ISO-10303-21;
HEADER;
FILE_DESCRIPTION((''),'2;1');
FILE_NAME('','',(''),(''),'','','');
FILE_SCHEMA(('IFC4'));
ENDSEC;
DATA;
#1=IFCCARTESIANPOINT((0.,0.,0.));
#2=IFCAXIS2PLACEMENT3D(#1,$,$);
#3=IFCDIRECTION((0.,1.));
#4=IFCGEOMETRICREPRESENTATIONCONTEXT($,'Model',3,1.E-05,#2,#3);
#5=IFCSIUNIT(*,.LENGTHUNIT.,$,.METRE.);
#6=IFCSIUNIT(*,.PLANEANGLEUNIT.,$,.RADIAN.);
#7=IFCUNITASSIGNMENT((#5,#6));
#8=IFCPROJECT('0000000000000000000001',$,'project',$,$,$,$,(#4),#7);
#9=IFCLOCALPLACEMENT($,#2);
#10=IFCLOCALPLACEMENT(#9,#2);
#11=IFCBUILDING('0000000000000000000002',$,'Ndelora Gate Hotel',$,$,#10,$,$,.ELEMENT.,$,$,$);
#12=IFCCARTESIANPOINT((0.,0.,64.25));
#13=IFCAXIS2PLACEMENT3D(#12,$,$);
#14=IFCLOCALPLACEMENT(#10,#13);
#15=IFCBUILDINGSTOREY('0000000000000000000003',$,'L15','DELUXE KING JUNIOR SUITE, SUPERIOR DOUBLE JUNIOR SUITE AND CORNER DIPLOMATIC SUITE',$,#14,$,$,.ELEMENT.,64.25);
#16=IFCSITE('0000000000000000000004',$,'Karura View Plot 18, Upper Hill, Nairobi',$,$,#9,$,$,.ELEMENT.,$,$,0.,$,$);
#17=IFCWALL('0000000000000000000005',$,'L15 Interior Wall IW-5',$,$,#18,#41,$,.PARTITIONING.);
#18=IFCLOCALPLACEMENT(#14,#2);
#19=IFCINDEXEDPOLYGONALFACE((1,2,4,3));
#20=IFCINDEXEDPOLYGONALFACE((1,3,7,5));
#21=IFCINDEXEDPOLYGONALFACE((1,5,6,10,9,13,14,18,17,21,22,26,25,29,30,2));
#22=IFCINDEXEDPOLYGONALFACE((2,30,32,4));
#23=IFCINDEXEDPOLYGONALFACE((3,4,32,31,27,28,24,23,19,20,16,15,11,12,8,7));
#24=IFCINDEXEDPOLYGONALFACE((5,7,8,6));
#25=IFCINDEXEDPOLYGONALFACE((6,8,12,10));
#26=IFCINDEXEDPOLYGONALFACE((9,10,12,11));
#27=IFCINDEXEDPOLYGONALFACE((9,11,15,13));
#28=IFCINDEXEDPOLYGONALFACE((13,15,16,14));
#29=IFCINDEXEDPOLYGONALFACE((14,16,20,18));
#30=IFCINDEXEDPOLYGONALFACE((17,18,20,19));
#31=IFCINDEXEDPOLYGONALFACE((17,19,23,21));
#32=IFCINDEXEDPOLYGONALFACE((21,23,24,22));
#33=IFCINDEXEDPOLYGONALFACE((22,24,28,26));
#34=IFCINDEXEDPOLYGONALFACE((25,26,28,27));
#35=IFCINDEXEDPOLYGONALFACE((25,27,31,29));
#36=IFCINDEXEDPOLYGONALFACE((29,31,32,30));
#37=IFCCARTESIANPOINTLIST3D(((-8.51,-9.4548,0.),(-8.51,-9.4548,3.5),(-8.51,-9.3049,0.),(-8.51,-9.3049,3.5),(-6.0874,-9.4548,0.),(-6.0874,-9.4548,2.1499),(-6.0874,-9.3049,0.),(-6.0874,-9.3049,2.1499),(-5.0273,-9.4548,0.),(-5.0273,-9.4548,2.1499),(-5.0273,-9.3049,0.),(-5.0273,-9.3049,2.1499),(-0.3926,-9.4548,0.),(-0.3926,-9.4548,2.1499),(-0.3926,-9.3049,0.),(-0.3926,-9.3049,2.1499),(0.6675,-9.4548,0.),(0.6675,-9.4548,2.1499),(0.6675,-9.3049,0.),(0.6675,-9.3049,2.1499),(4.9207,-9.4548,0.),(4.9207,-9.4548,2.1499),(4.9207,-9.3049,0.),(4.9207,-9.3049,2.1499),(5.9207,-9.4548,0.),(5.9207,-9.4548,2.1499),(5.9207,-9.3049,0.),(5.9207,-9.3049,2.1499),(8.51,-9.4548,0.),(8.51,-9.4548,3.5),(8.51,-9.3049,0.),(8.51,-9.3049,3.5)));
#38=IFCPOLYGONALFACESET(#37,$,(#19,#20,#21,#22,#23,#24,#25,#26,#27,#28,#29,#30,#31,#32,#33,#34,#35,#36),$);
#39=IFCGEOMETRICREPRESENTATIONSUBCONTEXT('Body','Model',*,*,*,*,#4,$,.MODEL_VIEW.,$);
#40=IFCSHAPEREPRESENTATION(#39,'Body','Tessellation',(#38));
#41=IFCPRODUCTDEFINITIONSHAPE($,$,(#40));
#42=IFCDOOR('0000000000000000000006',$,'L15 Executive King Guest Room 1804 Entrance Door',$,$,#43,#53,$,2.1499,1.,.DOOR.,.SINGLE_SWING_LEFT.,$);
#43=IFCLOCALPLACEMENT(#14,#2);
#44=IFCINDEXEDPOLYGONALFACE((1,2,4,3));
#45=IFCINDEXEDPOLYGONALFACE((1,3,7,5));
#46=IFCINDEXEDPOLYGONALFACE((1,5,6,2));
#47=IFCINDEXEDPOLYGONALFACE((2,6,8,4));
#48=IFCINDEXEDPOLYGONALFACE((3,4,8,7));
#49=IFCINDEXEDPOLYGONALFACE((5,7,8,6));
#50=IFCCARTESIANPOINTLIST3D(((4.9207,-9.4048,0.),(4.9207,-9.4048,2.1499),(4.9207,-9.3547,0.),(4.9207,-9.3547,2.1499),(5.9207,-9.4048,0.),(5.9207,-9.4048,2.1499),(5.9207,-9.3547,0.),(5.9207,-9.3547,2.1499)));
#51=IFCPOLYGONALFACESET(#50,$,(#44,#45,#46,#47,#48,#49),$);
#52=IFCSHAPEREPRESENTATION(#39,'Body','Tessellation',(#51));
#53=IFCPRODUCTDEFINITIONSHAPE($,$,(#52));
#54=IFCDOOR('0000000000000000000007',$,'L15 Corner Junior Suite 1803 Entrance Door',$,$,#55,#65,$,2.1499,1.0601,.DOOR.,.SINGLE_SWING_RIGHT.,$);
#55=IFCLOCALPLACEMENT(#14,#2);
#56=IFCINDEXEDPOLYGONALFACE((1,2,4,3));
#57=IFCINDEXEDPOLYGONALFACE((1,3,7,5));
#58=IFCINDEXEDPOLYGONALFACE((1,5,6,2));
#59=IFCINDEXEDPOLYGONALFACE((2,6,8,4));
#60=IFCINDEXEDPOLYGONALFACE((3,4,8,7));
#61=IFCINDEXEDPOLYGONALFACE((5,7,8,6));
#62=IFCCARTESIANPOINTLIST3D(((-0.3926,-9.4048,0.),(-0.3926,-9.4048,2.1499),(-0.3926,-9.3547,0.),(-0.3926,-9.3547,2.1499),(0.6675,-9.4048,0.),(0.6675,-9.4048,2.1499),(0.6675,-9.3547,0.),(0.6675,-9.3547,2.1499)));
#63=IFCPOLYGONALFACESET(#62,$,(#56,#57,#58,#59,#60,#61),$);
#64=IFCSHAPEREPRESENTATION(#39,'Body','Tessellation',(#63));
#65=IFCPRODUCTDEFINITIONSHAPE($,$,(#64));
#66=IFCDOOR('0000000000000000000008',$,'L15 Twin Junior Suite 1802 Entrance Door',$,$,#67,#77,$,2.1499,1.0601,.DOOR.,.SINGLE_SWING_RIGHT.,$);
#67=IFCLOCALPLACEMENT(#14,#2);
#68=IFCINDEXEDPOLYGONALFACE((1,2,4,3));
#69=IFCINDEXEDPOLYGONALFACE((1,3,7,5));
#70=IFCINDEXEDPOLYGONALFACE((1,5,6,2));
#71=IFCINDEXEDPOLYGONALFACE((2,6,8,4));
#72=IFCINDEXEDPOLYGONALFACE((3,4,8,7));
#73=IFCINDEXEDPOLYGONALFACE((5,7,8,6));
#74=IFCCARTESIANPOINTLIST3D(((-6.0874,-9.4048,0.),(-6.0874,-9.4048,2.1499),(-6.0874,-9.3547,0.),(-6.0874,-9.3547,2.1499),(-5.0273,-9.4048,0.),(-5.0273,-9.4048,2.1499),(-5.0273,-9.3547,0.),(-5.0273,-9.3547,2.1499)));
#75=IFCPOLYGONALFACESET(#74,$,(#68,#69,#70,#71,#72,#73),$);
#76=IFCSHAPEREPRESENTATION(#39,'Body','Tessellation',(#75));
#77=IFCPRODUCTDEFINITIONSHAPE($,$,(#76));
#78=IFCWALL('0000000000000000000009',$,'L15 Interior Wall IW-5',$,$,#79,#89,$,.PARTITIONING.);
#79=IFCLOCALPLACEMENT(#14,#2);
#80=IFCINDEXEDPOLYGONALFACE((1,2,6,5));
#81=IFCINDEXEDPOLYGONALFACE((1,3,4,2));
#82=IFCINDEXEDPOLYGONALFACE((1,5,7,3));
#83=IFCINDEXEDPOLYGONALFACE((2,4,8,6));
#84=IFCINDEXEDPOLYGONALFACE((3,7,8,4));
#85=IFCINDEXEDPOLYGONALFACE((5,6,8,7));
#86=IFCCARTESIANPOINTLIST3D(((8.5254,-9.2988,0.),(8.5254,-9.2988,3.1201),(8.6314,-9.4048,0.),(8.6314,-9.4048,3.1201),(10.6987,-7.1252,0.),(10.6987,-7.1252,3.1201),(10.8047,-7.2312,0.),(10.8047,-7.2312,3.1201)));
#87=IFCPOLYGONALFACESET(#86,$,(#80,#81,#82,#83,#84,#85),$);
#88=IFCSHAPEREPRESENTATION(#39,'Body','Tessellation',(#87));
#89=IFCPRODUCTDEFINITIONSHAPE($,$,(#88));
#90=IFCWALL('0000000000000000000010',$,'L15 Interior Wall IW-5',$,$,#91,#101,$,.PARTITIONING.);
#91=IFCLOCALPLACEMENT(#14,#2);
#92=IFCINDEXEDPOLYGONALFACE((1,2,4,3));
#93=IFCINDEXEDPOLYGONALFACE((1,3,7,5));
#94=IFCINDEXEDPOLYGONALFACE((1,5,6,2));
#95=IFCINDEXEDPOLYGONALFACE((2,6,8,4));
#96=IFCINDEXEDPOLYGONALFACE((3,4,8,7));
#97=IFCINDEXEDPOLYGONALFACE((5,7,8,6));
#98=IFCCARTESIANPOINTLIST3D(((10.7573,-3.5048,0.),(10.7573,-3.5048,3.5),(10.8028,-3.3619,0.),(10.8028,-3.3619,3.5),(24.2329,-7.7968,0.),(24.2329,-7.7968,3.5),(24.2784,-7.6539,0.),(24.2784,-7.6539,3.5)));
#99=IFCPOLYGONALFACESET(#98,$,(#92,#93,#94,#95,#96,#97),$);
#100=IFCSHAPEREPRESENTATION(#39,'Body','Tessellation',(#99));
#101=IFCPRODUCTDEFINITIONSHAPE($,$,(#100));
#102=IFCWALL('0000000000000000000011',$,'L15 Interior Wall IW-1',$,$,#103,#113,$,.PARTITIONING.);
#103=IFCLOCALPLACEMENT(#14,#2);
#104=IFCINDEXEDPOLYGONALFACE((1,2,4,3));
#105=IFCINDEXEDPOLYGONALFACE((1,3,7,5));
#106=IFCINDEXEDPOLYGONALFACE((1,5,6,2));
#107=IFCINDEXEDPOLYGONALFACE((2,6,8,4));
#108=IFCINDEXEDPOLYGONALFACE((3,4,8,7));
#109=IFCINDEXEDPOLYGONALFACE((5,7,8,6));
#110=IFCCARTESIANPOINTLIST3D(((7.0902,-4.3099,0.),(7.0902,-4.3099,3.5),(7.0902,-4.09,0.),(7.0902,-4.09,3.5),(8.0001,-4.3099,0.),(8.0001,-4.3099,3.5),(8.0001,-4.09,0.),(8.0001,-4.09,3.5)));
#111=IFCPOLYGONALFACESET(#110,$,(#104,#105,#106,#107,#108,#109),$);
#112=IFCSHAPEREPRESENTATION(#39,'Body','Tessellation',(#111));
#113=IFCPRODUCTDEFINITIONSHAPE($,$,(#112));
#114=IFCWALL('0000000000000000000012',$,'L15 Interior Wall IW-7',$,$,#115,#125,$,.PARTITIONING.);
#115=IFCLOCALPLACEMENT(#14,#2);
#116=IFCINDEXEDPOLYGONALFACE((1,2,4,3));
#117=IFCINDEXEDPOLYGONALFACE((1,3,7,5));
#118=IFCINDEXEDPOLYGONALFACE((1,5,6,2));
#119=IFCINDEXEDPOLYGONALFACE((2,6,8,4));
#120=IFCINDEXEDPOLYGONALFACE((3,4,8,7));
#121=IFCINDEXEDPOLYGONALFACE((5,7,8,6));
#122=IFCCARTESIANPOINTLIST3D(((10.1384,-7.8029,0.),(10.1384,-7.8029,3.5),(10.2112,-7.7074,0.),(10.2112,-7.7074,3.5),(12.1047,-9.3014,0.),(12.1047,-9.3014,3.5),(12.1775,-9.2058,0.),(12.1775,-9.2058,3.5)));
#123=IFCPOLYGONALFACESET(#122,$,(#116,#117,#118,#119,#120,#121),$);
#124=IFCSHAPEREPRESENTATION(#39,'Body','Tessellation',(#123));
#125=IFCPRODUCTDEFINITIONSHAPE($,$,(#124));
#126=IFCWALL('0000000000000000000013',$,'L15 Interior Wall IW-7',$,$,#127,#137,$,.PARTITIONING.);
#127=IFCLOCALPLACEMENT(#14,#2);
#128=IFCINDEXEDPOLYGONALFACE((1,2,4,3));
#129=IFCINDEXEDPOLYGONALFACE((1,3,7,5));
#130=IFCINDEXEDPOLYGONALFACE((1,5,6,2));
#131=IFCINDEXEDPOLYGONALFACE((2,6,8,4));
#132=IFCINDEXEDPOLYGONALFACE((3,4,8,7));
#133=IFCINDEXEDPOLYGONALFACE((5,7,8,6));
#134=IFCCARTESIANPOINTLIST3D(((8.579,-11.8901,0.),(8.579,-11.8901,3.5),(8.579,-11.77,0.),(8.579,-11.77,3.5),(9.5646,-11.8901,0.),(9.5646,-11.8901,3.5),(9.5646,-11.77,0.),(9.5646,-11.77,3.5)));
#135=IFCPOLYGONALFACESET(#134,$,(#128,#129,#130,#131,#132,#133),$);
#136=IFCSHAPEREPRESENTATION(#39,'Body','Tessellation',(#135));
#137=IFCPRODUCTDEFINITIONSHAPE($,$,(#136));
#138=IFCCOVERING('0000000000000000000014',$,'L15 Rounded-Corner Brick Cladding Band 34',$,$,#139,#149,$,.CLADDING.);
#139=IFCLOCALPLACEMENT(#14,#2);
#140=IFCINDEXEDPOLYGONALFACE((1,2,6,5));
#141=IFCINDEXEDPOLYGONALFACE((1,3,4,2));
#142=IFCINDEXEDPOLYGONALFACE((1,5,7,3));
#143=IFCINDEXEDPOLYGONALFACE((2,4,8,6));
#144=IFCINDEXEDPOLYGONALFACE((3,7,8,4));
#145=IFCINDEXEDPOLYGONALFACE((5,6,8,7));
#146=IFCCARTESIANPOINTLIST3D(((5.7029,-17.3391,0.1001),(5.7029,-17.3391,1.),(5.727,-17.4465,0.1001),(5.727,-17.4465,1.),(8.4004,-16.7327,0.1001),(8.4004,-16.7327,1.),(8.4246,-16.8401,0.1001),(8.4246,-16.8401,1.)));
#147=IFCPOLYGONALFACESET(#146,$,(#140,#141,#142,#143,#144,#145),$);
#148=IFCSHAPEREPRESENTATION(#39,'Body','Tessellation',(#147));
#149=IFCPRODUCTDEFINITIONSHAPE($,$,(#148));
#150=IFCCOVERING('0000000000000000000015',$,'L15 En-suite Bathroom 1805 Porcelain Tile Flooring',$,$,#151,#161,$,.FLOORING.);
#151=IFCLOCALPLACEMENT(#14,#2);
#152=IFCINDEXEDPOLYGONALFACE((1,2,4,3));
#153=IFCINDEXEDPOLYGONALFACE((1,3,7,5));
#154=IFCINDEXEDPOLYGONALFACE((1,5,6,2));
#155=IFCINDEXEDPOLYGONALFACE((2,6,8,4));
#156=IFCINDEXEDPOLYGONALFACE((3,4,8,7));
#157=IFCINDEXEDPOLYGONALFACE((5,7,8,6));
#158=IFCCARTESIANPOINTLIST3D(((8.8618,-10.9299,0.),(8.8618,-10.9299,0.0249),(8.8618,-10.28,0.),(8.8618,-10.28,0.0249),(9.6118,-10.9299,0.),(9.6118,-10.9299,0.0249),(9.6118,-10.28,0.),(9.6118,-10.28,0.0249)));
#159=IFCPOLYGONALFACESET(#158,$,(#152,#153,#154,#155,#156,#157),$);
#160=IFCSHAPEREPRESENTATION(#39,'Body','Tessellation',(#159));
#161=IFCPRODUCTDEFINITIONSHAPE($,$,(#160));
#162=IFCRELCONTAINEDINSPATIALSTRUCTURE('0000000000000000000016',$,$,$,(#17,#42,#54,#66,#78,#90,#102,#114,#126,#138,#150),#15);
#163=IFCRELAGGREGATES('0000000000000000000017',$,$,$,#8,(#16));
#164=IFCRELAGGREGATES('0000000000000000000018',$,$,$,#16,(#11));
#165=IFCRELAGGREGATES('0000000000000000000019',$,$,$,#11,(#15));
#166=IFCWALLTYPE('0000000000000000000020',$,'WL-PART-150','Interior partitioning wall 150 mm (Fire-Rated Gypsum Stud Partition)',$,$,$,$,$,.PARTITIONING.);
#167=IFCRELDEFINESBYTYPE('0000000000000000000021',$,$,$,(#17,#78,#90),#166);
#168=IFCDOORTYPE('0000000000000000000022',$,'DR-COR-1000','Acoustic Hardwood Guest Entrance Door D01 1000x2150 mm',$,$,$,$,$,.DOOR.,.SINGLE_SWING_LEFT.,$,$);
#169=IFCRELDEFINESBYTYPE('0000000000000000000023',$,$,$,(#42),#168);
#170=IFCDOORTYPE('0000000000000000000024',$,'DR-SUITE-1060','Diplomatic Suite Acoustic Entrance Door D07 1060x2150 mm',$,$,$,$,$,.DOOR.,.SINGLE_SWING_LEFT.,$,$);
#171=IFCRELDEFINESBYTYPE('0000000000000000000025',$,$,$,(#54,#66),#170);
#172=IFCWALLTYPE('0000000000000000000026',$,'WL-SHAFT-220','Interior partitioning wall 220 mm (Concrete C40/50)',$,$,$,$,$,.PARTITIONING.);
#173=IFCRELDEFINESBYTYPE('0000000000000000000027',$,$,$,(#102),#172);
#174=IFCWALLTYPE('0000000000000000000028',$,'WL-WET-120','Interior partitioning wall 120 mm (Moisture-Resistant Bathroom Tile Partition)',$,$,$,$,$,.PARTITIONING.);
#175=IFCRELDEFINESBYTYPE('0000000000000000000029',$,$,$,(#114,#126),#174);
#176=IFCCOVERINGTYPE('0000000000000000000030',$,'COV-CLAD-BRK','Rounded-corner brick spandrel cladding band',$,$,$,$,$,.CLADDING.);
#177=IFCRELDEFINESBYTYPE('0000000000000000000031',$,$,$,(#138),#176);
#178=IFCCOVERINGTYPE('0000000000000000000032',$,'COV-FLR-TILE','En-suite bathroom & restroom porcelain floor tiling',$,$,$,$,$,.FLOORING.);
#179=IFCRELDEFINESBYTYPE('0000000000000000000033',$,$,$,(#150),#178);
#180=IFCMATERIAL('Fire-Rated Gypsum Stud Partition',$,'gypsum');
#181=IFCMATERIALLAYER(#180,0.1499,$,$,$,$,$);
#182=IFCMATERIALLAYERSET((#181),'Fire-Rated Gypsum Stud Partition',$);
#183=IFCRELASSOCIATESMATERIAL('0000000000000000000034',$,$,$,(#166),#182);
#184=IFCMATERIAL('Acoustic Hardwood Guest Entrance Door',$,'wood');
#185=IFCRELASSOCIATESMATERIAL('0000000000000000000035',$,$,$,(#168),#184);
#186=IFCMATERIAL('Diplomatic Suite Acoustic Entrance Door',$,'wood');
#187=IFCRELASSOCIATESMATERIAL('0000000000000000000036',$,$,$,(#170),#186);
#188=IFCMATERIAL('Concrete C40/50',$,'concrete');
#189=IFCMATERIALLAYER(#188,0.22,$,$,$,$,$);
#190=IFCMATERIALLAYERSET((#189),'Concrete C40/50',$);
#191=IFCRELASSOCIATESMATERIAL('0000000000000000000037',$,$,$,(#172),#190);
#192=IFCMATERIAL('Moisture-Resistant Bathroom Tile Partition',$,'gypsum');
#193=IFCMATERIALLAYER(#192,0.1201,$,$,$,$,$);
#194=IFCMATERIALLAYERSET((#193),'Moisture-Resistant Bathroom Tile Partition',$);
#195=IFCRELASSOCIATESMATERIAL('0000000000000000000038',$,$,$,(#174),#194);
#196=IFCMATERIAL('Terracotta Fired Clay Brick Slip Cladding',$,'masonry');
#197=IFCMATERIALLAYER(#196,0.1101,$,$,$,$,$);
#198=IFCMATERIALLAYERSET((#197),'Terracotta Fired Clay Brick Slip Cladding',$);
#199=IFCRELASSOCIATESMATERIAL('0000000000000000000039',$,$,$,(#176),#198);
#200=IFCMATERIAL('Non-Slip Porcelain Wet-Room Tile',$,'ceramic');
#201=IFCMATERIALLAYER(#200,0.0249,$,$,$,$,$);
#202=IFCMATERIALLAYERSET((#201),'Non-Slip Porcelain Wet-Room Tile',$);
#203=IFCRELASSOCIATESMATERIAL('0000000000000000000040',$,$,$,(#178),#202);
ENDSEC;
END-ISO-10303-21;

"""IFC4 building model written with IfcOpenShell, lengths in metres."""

from ifc_helpers import new_model, si_unit, direction, frame, frame_2d, origin, origin_2d, place, context, subcontext, project, spatial, rectangle, extrude, material, layer, layer_set, type_object, element, fill, save


model = new_model("IFC4")

# Units and contexts
model_context = context("Model", 3, precision=1e-05, world=origin(), true_north=direction((0.0, 1.0)))
body_context = subcontext(model_context, "Body", "Model", "MODEL_VIEW")
ifc_project = project(units=[si_unit("LENGTHUNIT", "METRE"), si_unit("PLANEANGLEUNIT", "RADIAN")], contexts=[model_context])

# Site, building, storey
site_placement = place(None, origin())
site = spatial("IfcSite", under=ifc_project, at=site_placement, Name="Karura View Plot 18, Upper Hill, Nairobi", CompositionType="ELEMENT", RefElevation=0.0)
building_placement = place(site_placement, origin())
building = spatial("IfcBuilding", under=site, at=building_placement, Name="Ndelora Gate Hotel", CompositionType="ELEMENT")
storey_placement = place(building_placement, frame((0.0, 0.0, 64.25)))
storey = spatial("IfcBuildingStorey", under=building, at=storey_placement, Name="L15", Description="DELUXE KING JUNIOR SUITE, SUPERIOR DOUBLE JUNIOR SUITE AND CORNER DIPLOMATIC SUITE", CompositionType="ELEMENT", Elevation=64.25)

# Wall, openings, doors
ifc_material_1 = material(Name="Fire-Rated Gypsum Stud Partition", Category="gypsum")
ifc_layer_1 = layer(ifc_material_1, 0.1499)
ifc_layer_set_1 = layer_set([ifc_layer_1], Name="Fire-Rated Gypsum Stud Partition")
wall_type_1 = type_object("IfcWallType", Name="WL-PART-150", Description="Interior partitioning wall 150 mm (Fire-Rated Gypsum Stud Partition)", PredefinedType="PARTITIONING", material=ifc_layer_set_1)
wall_1_placement = place(storey_placement, frame((8.51, -9.3799, 0.0), z_axis=(0.0, 0.0, 1.0), x_axis=(-1.0, 0.0, 0.0)))
wall_1 = element("IfcWall", 1, at=wall_1_placement, inside=storey, type_object=wall_type_1, Name="L15 Interior Wall IW-5", PredefinedType="PARTITIONING", context=body_context, shape_type="SweptSolid", body=[
    extrude(rectangle(XDim=17.02, YDim=0.1499, at=frame_2d((8.51, 0.0))), origin(), (0.0, 0.0, 1.0), 3.5),
])
opening_1_placement = place(wall_1_placement, frame((2.5894, 0.0, 0.0)))
opening_1 = element("IfcOpeningElement", 2, at=opening_1_placement, cuts=wall_1, PredefinedType="OPENING", context=body_context, shape_type="SweptSolid", body=[
    extrude(rectangle(XDim=1.0, YDim=2.1499, at=frame_2d((0.5, 1.075))), frame((0.0, 0.085, 0.0), z_axis=(0.0, -1.0, 0.0), x_axis=(1.0, 0.0, 0.0)), (0.0, 0.0, 1.0), 0.1699),
])
opening_2_placement = place(wall_1_placement, frame((7.8425, 0.0, 0.0)))
opening_2 = element("IfcOpeningElement", 3, at=opening_2_placement, cuts=wall_1, PredefinedType="OPENING", context=body_context, shape_type="SweptSolid", body=[
    extrude(rectangle(XDim=1.0601, YDim=2.1499, at=frame_2d((0.53, 1.075))), frame((0.0, 0.085, 0.0), z_axis=(0.0, -1.0, 0.0), x_axis=(1.0, 0.0, 0.0)), (0.0, 0.0, 1.0), 0.1699),
])
opening_3_placement = place(wall_1_placement, frame((13.5374, 0.0, 0.0)))
opening_3 = element("IfcOpeningElement", 4, at=opening_3_placement, cuts=wall_1, PredefinedType="OPENING", context=body_context, shape_type="SweptSolid", body=[
    extrude(rectangle(XDim=1.0601, YDim=2.1499, at=frame_2d((0.53, 1.075))), frame((0.0, 0.085, 0.0), z_axis=(0.0, -1.0, 0.0), x_axis=(1.0, 0.0, 0.0)), (0.0, 0.0, 1.0), 0.1699),
])
ifc_material_2 = material(Name="Acoustic Hardwood Guest Entrance Door", Category="wood")
door_type_1 = type_object("IfcDoorType", Name="DR-COR-1000", Description="Acoustic Hardwood Guest Entrance Door D01 1000x2150 mm", OperationType="SINGLE_SWING_LEFT", PredefinedType="DOOR", material=ifc_material_2)
door_1_placement = place(opening_1_placement, origin())
door_1 = element("IfcDoor", 5, at=door_1_placement, inside=storey, type_object=door_type_1, Name="L15 Executive King Guest Room 1804 Entrance Door", OperationType="SINGLE_SWING_LEFT", OverallHeight=2.1499, OverallWidth=1.0, PredefinedType="DOOR", context=body_context, shape_type="SweptSolid", body=[
    extrude(rectangle(XDim=1.0, YDim=2.1499, at=frame_2d((0.5, 1.075))), frame((0.0, 0.0249, 0.0), z_axis=(0.0, -1.0, 0.0), x_axis=(1.0, 0.0, 0.0)), (0.0, 0.0, 1.0), 0.05),
])
fill(opening_1, door_1)
ifc_material_3 = material(Name="Diplomatic Suite Acoustic Entrance Door", Category="wood")
door_type_2 = type_object("IfcDoorType", Name="DR-SUITE-1060", Description="Diplomatic Suite Acoustic Entrance Door D07 1060x2150 mm", OperationType="SINGLE_SWING_LEFT", PredefinedType="DOOR", material=ifc_material_3)
door_2_placement = place(opening_2_placement, origin())
door_2 = element("IfcDoor", 6, at=door_2_placement, inside=storey, type_object=door_type_2, Name="L15 Corner Junior Suite 1803 Entrance Door", OperationType="SINGLE_SWING_RIGHT", OverallHeight=2.1499, OverallWidth=1.0601, PredefinedType="DOOR", context=body_context, shape_type="SweptSolid", body=[
    extrude(rectangle(XDim=1.0601, YDim=2.1499, at=frame_2d((0.53, 1.075))), frame((0.0, 0.0249, 0.0), z_axis=(0.0, -1.0, 0.0), x_axis=(1.0, 0.0, 0.0)), (0.0, 0.0, 1.0), 0.05),
])
fill(opening_2, door_2)
door_3_placement = place(opening_3_placement, origin())
door_3 = element("IfcDoor", 7, at=door_3_placement, inside=storey, type_object=door_type_2, Name="L15 Twin Junior Suite 1802 Entrance Door", OperationType="SINGLE_SWING_RIGHT", OverallHeight=2.1499, OverallWidth=1.0601, PredefinedType="DOOR", context=body_context, shape_type="SweptSolid", body=[
    extrude(rectangle(XDim=1.0601, YDim=2.1499, at=frame_2d((0.53, 1.075))), frame((0.0, 0.0249, 0.0), z_axis=(0.0, -1.0, 0.0), x_axis=(1.0, 0.0, 0.0)), (0.0, 0.0, 1.0), 0.05),
])
fill(opening_3, door_3)

# Walls
wall_2_placement = place(storey_placement, frame((10.7517, -7.1782, 0.0), z_axis=(0.0, 0.0, 1.0), x_axis=(-0.707067, -0.707146, 0.0)))
element("IfcWall", 8, at=wall_2_placement, inside=storey, type_object=wall_type_1, Name="L15 Interior Wall IW-5", PredefinedType="PARTITIONING", context=body_context, shape_type="SweptSolid", body=[
    extrude(rectangle(XDim=3.0737, YDim=0.1499, at=frame_2d((1.5369, 0.0))), origin(), (0.0, 0.0, 1.0), 3.1201),
])
wall_3_placement = place(storey_placement, frame((10.78, -3.4333, 0.0), z_axis=(0.0, 0.0, 1.0), x_axis=(0.952838, -0.30348, 0.0)))
element("IfcWall", 9, at=wall_3_placement, inside=storey, type_object=wall_type_1, Name="L15 Interior Wall IW-5", PredefinedType="PARTITIONING", context=body_context, shape_type="SweptSolid", body=[
    extrude(rectangle(XDim=14.1426, YDim=0.1499, at=frame_2d((7.0713, 0.0))), origin(), (0.0, 0.0, 1.0), 3.5),
])
ifc_material_4 = material(Name="Concrete C40/50", Category="concrete")
ifc_layer_2 = layer(ifc_material_4, 0.22)
ifc_layer_set_2 = layer_set([ifc_layer_2], Name="Concrete C40/50")
wall_type_2 = type_object("IfcWallType", Name="WL-SHAFT-220", Description="Interior partitioning wall 220 mm (Concrete C40/50)", PredefinedType="PARTITIONING", material=ifc_layer_set_2)
wall_4_placement = place(storey_placement, frame((7.0901, -4.2, 0.0), z_axis=(0.0, 0.0, 1.0), x_axis=(1.0, 0.0, 0.0)))
element("IfcWall", 10, at=wall_4_placement, inside=storey, type_object=wall_type_2, Name="L15 Interior Wall IW-1", PredefinedType="PARTITIONING", context=body_context, shape_type="SweptSolid", body=[
    extrude(rectangle(XDim=0.9099, YDim=0.22, at=frame_2d((0.4551, 0.0))), origin(), (0.0, 0.0, 1.0), 3.5),
])
ifc_material_5 = material(Name="Moisture-Resistant Bathroom Tile Partition", Category="gypsum")
ifc_layer_3 = layer(ifc_material_5, 0.1201)
ifc_layer_set_3 = layer_set([ifc_layer_3], Name="Moisture-Resistant Bathroom Tile Partition")
wall_type_3 = type_object("IfcWallType", Name="WL-WET-120", Description="Interior partitioning wall 120 mm (Moisture-Resistant Bathroom Tile Partition)", PredefinedType="PARTITIONING", material=ifc_layer_set_3)
wall_5_placement = place(storey_placement, frame((10.1748, -7.7551, 0.0), z_axis=(0.0, 0.0, 1.0), x_axis=(0.795355, -0.606144, 0.0)))
element("IfcWall", 11, at=wall_5_placement, inside=storey, type_object=wall_type_3, Name="L15 Interior Wall IW-7", PredefinedType="PARTITIONING", context=body_context, shape_type="SweptSolid", body=[
    extrude(rectangle(XDim=2.4722, YDim=0.1201, at=frame_2d((1.2361, 0.0))), origin(), (0.0, 0.0, 1.0), 3.5),
])
wall_6_placement = place(storey_placement, frame((8.5791, -11.8301, 0.0), z_axis=(0.0, 0.0, 1.0), x_axis=(1.0, 0.0, 0.0)))
element("IfcWall", 12, at=wall_6_placement, inside=storey, type_object=wall_type_3, Name="L15 Interior Wall IW-7", PredefinedType="PARTITIONING", context=body_context, shape_type="SweptSolid", body=[
    extrude(rectangle(XDim=0.9856, YDim=0.1201, at=frame_2d((0.4927, 0.0))), origin(), (0.0, 0.0, 1.0), 3.5),
])

# Coverings
ifc_material_6 = material(Name="Terracotta Fired Clay Brick Slip Cladding", Category="masonry")
ifc_layer_4 = layer(ifc_material_6, 0.1101)
ifc_layer_set_4 = layer_set([ifc_layer_4], Name="Terracotta Fired Clay Brick Slip Cladding")
covering_type_1 = type_object("IfcCoveringType", Name="COV-CLAD-BRK", Description="Rounded-corner brick spandrel cladding band", PredefinedType="CLADDING", material=ifc_layer_set_4)
covering_1_placement = place(storey_placement, frame((7.0637, -17.0896, 0.1001), z_axis=(0.0, 0.0, 1.0), x_axis=(0.97565, 0.219335, 0.0)))
element("IfcCovering", 13, at=covering_1_placement, inside=storey, type_object=covering_type_1, Name="L15 Rounded-Corner Brick Cladding Band 34", PredefinedType="CLADDING", context=body_context, shape_type="SweptSolid", body=[
    extrude(rectangle(XDim=2.7649, YDim=0.1101, at=origin_2d()), origin(), (0.0, 0.0, 1.0), 0.8999),
])
ifc_material_7 = material(Name="Non-Slip Porcelain Wet-Room Tile", Category="ceramic")
ifc_layer_5 = layer(ifc_material_7, 0.0249)
ifc_layer_set_5 = layer_set([ifc_layer_5], Name="Non-Slip Porcelain Wet-Room Tile")
covering_type_2 = type_object("IfcCoveringType", Name="COV-FLR-TILE", Description="En-suite bathroom & restroom porcelain floor tiling", PredefinedType="FLOORING", material=ifc_layer_set_5)
covering_2_placement = place(storey_placement, frame((9.2368, -10.605, 0.0), z_axis=(0.0, 0.0, 1.0), x_axis=(1.0, 0.0, 0.0)))
element("IfcCovering", 14, at=covering_2_placement, inside=storey, type_object=covering_type_2, Name="L15 En-suite Bathroom 1805 Porcelain Tile Flooring", PredefinedType="FLOORING", context=body_context, shape_type="SweptSolid", body=[
    extrude(rectangle(XDim=0.75, YDim=0.6499, at=origin_2d()), origin(), (0.0, 0.0, 1.0), 0.0249),
])

save(model, "model.ifc")
